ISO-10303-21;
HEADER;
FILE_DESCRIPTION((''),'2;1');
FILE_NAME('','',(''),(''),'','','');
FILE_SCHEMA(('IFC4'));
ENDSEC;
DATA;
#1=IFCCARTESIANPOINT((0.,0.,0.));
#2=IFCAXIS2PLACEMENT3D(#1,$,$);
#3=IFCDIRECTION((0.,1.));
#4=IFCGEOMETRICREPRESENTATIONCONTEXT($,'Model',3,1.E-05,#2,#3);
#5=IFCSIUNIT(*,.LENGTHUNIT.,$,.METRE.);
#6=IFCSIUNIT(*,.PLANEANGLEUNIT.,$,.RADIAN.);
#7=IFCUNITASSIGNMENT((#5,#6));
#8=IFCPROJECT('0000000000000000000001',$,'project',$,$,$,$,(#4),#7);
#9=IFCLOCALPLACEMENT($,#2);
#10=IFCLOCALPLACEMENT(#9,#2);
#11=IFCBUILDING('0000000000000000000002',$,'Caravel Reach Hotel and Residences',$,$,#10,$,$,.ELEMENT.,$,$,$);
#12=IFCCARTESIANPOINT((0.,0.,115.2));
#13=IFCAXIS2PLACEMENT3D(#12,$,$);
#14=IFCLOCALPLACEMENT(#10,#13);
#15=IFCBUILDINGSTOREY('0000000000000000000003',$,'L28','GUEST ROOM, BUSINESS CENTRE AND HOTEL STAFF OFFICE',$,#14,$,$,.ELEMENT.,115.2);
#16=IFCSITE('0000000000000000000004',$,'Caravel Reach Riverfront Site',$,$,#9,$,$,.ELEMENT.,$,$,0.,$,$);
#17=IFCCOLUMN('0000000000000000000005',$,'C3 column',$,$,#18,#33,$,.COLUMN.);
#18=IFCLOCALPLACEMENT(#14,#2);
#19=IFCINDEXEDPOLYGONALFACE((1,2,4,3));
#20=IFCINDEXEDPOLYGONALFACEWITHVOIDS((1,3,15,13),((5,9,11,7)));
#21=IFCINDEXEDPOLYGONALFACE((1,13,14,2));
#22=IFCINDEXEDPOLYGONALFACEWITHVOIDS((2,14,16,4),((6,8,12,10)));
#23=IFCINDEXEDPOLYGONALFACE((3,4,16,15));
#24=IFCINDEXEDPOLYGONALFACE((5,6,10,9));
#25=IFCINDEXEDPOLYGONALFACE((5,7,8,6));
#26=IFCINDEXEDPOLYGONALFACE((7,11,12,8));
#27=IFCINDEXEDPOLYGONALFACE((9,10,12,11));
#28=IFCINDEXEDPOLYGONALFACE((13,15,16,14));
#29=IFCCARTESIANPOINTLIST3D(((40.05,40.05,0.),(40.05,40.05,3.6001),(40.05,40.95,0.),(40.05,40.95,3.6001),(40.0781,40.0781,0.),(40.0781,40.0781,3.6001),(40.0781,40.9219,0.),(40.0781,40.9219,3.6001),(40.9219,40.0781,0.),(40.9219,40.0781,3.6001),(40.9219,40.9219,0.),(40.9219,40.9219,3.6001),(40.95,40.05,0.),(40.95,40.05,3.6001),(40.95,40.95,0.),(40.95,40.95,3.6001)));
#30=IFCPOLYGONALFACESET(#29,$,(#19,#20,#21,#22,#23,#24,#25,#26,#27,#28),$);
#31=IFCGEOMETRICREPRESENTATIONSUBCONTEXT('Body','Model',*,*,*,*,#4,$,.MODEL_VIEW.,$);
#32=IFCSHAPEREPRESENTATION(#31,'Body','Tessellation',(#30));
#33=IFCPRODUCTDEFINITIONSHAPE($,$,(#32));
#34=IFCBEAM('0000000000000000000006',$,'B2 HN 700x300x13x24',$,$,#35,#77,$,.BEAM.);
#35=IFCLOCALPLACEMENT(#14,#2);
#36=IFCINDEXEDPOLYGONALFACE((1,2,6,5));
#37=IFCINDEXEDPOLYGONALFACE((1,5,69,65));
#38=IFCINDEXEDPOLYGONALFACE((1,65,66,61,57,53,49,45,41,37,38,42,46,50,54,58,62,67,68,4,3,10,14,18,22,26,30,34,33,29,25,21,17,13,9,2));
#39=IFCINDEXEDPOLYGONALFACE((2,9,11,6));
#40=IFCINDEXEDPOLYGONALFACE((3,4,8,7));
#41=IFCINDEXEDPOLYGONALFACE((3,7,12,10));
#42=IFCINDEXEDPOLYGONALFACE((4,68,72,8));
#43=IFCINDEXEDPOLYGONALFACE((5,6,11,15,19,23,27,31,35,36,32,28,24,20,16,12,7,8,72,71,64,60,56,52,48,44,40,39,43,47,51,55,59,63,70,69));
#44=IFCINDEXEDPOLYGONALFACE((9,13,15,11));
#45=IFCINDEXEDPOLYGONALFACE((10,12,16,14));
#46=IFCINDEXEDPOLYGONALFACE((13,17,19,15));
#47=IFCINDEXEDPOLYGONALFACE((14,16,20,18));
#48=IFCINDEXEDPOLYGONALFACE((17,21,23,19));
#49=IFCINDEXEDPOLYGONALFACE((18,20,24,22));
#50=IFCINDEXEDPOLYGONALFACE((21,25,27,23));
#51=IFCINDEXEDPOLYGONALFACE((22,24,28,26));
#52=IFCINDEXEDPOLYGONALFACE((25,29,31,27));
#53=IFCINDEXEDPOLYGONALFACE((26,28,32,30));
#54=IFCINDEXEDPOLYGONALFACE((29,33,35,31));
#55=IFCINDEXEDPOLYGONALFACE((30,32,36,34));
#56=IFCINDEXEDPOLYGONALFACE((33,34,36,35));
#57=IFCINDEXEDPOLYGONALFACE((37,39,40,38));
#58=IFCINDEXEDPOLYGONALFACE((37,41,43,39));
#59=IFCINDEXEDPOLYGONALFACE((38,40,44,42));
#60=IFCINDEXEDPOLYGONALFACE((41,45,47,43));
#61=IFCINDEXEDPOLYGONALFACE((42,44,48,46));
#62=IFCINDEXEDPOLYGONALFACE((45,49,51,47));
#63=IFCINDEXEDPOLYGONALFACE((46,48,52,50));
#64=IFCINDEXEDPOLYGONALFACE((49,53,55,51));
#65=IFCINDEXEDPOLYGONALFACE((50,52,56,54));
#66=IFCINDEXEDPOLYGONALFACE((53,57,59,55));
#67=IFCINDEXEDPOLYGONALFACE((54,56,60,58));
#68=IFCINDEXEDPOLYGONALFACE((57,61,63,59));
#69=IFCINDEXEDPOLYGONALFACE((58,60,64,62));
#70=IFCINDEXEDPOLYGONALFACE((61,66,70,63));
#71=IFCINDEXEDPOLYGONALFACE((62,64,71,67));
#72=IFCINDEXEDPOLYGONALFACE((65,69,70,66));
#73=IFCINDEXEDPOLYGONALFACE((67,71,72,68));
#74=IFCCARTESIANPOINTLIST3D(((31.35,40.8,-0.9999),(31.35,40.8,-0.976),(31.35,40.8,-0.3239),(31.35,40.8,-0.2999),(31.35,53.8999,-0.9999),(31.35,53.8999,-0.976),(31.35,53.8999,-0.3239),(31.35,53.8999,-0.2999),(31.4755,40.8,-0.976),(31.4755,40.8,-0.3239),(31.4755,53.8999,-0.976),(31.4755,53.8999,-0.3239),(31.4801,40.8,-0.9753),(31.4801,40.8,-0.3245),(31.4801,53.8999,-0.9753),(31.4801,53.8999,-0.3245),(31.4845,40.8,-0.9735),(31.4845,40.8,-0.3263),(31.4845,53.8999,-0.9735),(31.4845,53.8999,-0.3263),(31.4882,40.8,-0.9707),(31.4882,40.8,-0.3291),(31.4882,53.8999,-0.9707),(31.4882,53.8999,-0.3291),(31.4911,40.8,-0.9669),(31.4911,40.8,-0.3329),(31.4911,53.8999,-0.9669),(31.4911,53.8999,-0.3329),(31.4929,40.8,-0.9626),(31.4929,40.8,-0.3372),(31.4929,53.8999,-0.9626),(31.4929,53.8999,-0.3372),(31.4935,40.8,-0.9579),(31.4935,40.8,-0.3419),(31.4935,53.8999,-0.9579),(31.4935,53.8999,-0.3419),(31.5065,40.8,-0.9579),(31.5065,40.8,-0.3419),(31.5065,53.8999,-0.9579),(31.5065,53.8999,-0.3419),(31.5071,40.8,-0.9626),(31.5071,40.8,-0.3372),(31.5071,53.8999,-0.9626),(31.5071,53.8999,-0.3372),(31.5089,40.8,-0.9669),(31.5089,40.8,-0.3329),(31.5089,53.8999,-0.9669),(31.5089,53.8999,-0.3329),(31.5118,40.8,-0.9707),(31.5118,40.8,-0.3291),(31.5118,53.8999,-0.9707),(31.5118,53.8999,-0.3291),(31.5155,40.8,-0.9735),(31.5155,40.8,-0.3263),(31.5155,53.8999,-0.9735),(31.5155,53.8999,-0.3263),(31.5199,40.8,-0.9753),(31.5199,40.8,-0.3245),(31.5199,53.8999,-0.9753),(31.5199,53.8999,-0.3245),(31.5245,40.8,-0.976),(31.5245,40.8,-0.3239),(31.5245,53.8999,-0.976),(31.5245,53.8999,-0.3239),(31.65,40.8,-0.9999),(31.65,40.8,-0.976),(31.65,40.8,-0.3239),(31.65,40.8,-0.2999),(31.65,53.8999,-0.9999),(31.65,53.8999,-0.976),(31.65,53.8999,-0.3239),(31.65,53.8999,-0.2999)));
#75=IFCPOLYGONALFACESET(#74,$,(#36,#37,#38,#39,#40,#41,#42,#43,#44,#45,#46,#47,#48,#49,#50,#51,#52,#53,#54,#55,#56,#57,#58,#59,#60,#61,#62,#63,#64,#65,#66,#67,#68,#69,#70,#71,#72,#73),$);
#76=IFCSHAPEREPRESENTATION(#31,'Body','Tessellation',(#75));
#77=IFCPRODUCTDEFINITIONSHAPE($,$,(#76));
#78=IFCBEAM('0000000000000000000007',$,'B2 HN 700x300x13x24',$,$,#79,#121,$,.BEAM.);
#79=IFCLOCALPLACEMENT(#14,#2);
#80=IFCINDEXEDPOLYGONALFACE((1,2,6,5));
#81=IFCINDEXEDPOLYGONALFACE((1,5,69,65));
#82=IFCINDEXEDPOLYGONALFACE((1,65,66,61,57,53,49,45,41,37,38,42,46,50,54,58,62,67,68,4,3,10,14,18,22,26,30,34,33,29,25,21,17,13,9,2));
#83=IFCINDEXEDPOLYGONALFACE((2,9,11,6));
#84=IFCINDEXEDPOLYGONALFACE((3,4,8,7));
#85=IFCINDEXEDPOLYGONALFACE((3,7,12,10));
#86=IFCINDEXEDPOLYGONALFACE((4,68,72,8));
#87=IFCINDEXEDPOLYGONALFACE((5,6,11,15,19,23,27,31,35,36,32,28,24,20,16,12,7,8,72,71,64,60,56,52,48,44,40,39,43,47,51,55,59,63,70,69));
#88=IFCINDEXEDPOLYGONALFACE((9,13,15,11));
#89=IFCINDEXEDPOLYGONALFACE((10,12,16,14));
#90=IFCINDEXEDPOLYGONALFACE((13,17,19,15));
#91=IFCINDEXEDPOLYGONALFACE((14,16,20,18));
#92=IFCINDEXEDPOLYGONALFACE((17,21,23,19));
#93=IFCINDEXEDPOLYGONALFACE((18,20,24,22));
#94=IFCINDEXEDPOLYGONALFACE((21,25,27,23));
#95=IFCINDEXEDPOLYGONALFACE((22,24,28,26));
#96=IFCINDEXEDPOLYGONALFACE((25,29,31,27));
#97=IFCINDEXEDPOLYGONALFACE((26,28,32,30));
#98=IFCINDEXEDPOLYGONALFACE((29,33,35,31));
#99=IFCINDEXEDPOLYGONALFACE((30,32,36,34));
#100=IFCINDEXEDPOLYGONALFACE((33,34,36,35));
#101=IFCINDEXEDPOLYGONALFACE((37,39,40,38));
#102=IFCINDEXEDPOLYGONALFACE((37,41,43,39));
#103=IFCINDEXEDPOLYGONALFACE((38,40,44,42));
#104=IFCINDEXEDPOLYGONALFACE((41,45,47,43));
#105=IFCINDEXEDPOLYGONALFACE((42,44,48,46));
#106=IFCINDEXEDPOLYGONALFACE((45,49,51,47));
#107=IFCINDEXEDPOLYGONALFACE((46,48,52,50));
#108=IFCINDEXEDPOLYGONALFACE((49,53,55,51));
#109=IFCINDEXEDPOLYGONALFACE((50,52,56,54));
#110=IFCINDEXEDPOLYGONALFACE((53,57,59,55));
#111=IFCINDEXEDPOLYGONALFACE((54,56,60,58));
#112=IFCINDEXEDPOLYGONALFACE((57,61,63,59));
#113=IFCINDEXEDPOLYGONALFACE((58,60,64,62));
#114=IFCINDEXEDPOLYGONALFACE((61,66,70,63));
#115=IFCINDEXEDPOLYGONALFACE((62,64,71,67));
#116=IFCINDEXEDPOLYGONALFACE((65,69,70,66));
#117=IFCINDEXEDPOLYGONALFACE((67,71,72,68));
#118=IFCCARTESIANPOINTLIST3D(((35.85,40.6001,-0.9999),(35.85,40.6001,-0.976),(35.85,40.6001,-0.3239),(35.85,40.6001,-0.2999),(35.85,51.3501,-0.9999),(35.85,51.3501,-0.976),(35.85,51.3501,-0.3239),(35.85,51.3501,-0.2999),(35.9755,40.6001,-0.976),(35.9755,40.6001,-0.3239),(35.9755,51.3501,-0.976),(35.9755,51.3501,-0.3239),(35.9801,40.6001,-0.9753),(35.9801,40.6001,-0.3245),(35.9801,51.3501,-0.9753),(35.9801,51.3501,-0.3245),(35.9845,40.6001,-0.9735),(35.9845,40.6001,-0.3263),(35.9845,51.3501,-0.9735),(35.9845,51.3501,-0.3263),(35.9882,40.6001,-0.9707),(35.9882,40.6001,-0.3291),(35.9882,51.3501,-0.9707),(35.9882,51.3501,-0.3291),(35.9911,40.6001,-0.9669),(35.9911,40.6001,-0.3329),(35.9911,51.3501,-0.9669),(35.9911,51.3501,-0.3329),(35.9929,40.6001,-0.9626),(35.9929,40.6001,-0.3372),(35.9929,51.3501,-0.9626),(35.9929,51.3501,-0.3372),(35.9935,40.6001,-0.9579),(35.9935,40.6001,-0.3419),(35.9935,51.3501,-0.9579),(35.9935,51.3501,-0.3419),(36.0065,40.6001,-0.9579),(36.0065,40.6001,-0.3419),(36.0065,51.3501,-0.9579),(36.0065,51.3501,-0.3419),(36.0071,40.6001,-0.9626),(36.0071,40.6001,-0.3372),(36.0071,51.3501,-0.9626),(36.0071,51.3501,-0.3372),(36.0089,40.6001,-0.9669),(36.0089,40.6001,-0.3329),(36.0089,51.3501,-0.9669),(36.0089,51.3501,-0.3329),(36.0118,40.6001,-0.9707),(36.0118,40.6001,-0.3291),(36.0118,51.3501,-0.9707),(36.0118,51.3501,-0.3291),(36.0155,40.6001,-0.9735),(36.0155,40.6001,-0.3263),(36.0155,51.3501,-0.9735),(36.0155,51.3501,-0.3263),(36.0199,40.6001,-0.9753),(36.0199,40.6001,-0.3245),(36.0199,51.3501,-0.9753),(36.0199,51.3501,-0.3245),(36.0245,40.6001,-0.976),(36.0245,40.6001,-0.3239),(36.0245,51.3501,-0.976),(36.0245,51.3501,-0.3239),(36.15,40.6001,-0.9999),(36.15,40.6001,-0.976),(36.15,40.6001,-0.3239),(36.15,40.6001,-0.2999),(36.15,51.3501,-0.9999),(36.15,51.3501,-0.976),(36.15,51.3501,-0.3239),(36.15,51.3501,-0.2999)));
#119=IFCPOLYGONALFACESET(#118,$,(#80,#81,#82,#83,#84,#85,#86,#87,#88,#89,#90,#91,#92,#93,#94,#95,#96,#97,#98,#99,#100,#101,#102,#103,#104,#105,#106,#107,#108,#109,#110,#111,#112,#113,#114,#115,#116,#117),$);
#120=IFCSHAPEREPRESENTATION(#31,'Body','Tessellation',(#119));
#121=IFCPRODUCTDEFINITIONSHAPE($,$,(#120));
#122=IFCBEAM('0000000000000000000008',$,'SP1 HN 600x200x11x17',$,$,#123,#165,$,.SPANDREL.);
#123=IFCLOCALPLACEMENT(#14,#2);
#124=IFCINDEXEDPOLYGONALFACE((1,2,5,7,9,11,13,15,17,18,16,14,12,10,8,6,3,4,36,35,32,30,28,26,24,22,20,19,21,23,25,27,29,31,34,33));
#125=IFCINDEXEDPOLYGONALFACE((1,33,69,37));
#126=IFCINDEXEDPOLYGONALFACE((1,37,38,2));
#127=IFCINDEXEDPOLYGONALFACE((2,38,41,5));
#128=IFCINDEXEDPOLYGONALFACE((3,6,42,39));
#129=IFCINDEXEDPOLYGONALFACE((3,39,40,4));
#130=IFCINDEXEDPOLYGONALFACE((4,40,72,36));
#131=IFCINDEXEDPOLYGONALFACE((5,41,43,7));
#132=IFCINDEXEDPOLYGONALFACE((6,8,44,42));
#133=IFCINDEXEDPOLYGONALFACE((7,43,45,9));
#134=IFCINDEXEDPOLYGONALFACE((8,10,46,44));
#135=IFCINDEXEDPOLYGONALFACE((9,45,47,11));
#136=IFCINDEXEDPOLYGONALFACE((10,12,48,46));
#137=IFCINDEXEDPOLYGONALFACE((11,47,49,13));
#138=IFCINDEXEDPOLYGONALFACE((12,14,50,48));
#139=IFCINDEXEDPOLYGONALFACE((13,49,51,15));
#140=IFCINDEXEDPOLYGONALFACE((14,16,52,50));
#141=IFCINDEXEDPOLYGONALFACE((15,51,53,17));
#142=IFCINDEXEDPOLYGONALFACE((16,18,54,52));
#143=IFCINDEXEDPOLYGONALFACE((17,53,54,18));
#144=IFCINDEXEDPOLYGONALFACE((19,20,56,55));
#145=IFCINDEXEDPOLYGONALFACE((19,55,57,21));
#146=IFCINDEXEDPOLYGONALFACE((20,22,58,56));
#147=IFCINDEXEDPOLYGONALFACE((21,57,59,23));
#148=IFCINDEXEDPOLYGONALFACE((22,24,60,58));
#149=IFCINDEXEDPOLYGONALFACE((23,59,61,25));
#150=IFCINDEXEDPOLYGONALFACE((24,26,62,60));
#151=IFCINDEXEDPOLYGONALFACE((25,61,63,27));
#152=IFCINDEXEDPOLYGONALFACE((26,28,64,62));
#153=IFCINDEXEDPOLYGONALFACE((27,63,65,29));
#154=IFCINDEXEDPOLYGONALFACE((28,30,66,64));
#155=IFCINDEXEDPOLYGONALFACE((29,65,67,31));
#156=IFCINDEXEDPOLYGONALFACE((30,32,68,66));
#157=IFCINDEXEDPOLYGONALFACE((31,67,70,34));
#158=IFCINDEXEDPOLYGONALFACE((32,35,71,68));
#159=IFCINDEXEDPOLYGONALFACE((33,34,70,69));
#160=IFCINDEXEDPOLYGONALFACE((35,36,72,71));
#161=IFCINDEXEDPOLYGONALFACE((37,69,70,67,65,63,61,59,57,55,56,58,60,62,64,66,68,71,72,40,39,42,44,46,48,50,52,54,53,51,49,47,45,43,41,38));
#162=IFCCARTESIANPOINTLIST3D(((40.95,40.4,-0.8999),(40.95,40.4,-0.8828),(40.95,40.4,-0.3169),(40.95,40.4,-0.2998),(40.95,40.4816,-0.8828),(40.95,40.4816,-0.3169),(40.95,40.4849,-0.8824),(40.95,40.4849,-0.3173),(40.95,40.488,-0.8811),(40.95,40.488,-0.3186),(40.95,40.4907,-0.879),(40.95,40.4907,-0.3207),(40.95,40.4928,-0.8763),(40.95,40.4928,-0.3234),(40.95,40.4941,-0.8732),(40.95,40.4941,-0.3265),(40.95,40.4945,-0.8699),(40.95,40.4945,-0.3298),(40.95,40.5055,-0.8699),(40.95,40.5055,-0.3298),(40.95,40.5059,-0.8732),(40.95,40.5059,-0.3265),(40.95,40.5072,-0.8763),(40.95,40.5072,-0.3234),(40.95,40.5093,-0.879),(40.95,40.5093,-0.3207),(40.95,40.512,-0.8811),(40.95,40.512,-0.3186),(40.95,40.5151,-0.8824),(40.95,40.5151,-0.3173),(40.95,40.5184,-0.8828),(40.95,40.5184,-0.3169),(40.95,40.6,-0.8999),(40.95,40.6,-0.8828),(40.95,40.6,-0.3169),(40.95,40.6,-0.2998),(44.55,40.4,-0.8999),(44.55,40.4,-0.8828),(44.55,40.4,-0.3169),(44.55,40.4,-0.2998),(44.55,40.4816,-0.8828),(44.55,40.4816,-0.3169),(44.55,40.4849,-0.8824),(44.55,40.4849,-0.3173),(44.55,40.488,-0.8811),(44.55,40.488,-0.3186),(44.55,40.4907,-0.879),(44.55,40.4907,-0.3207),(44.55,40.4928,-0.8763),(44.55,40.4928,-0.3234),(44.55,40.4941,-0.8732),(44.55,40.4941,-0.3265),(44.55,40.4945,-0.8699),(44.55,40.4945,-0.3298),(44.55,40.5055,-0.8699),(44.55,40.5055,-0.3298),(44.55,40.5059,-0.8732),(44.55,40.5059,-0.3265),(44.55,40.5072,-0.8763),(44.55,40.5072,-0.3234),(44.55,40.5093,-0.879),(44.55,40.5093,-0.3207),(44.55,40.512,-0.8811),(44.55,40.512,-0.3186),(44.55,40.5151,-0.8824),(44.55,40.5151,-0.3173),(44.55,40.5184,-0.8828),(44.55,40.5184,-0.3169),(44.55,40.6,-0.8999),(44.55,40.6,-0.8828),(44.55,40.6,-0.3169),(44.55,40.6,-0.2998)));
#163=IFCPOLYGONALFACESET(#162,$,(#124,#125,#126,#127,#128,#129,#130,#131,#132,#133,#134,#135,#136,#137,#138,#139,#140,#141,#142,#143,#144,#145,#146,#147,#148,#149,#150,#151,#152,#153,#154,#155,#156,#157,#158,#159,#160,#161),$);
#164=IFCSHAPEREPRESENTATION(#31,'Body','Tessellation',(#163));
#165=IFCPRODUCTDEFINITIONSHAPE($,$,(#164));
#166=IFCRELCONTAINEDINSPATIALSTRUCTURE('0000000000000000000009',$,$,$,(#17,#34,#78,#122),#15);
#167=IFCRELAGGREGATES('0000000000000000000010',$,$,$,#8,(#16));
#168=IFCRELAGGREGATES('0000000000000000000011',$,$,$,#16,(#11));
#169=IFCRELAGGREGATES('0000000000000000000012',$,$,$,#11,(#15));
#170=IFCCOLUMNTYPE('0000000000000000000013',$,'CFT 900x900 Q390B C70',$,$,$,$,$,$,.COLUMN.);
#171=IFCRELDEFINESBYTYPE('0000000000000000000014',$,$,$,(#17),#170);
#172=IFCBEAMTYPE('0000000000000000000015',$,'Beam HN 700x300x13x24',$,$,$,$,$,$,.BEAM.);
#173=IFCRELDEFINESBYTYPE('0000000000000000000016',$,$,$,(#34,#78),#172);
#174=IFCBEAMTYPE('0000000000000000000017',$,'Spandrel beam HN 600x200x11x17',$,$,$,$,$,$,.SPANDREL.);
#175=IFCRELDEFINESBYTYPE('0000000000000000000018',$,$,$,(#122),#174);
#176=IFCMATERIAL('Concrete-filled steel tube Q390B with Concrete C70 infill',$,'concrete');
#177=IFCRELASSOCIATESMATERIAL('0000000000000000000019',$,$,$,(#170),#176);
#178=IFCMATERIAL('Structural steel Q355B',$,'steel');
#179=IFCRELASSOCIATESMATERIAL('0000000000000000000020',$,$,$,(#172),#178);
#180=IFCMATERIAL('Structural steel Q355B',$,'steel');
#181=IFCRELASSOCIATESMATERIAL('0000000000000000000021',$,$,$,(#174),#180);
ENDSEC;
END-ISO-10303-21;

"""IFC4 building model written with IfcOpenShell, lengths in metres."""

from ifc_helpers import new_model, si_unit, direction, frame, origin, origin_2d, place, context, subcontext, project, spatial, hollow_rectangle, i_section, extrude, material, material_profile, profile_set, type_object, element, save


model = new_model("IFC4")

# Units and contexts
model_context = context("Model", 3, precision=1e-05, world=origin(), true_north=direction((0.0, 1.0)))
body_context = subcontext(model_context, "Body", "Model", "MODEL_VIEW")
ifc_project = project(units=[si_unit("LENGTHUNIT", "METRE"), si_unit("PLANEANGLEUNIT", "RADIAN")], contexts=[model_context])

# Site, building, storey
site_placement = place(None, origin())
site = spatial("IfcSite", under=ifc_project, at=site_placement, Name="Caravel Reach Riverfront Site", CompositionType="ELEMENT", RefElevation=0.0)
building_placement = place(site_placement, origin())
building = spatial("IfcBuilding", under=site, at=building_placement, Name="Caravel Reach Hotel and Residences", CompositionType="ELEMENT")
storey_placement = place(building_placement, frame((0.0, 0.0, 115.2)))
storey = spatial("IfcBuildingStorey", under=building, at=storey_placement, Name="L28", Description="GUEST ROOM, BUSINESS CENTRE AND HOTEL STAFF OFFICE", CompositionType="ELEMENT", Elevation=115.2)

# Column
ifc_material_1 = material(Name="Concrete-filled steel tube Q390B with Concrete C70 infill", Category="concrete")
ifc_material_profile_1 = material_profile(ifc_material_1, hollow_rectangle(XDim=0.8999, YDim=0.8999, WallThickness=0.0281, at=origin_2d()), Name="RHS 900x900x28")
ifc_profile_set_1 = profile_set([ifc_material_profile_1], Name="Concrete-filled steel tube Q390B with Concrete C70 infill")
column_type = type_object("IfcColumnType", Name="CFT 900x900 Q390B C70", PredefinedType="COLUMN", material=ifc_profile_set_1)
column_placement = place(storey_placement, frame((40.5, 40.5, 0.0), z_axis=(0.0, 0.0, 1.0), x_axis=(1.0, 0.0, 0.0)))
element("IfcColumn", 1, at=column_placement, inside=storey, type_object=column_type, Name="C3 column", PredefinedType="COLUMN", context=body_context, shape_type="SweptSolid", body=[
    extrude(hollow_rectangle(XDim=0.8999, YDim=0.8999, WallThickness=0.0281, at=origin_2d()), origin(), (0.0, 0.0, 1.0), 3.6001),
])

# Beams
ifc_material_2 = material(Name="Structural steel Q355B", Category="steel")
ifc_material_profile_2 = material_profile(ifc_material_2, i_section(OverallWidth=0.3, OverallDepth=0.7, WebThickness=0.0129, FlangeThickness=0.0239, FilletRadius=0.0181, at=origin_2d()), Name="HN 700x300x13x24")
ifc_profile_set_2 = profile_set([ifc_material_profile_2], Name="Structural steel Q355B")
beam_type_1 = type_object("IfcBeamType", Name="Beam HN 700x300x13x24", PredefinedType="BEAM", material=ifc_profile_set_2)
beam_1_placement = place(storey_placement, frame((31.5, 40.8, -0.6499), z_axis=(0.0, 1.0, 0.0), x_axis=(-1.0, 0.0, 0.0)))
element("IfcBeam", 2, at=beam_1_placement, inside=storey, type_object=beam_type_1, Name="B2 HN 700x300x13x24", PredefinedType="BEAM", context=body_context, shape_type="SweptSolid", body=[
    extrude(i_section(OverallWidth=0.3, OverallDepth=0.7, WebThickness=0.0129, FlangeThickness=0.0239, FilletRadius=0.0181, at=origin_2d()), origin(), (0.0, 0.0, 1.0), 13.0999),
])
beam_2_placement = place(storey_placement, frame((36.0, 40.6001, -0.6499), z_axis=(0.0, 1.0, 0.0), x_axis=(-1.0, 0.0, 0.0)))
element("IfcBeam", 3, at=beam_2_placement, inside=storey, type_object=beam_type_1, Name="B2 HN 700x300x13x24", PredefinedType="BEAM", context=body_context, shape_type="SweptSolid", body=[
    extrude(i_section(OverallWidth=0.3, OverallDepth=0.7, WebThickness=0.0129, FlangeThickness=0.0239, FilletRadius=0.0181, at=origin_2d()), origin(), (0.0, 0.0, 1.0), 10.75),
])
ifc_material_3 = material(Name="Structural steel Q355B", Category="steel")
ifc_material_profile_3 = material_profile(ifc_material_3, i_section(OverallWidth=0.2, OverallDepth=0.6001, WebThickness=0.011, FlangeThickness=0.0171, FilletRadius=0.0129, at=origin_2d()), Name="HN 600x200x11x17")
ifc_profile_set_3 = profile_set([ifc_material_profile_3], Name="Structural steel Q355B")
beam_type_2 = type_object("IfcBeamType", Name="Spandrel beam HN 600x200x11x17", PredefinedType="SPANDREL", material=ifc_profile_set_3)
beam_3_placement = place(storey_placement, frame((44.55, 40.5, -0.5999), z_axis=(-1.0, 0.0, 0.0), x_axis=(0.0, -1.0, 0.0)))
element("IfcBeam", 4, at=beam_3_placement, inside=storey, type_object=beam_type_2, Name="SP1 HN 600x200x11x17", PredefinedType="SPANDREL", context=body_context, shape_type="SweptSolid", body=[
    extrude(i_section(OverallWidth=0.2, OverallDepth=0.6001, WebThickness=0.011, FlangeThickness=0.0171, FilletRadius=0.0129, at=origin_2d()), origin(), (0.0, 0.0, 1.0), 3.6001),
])

save(model, "model.ifc")
